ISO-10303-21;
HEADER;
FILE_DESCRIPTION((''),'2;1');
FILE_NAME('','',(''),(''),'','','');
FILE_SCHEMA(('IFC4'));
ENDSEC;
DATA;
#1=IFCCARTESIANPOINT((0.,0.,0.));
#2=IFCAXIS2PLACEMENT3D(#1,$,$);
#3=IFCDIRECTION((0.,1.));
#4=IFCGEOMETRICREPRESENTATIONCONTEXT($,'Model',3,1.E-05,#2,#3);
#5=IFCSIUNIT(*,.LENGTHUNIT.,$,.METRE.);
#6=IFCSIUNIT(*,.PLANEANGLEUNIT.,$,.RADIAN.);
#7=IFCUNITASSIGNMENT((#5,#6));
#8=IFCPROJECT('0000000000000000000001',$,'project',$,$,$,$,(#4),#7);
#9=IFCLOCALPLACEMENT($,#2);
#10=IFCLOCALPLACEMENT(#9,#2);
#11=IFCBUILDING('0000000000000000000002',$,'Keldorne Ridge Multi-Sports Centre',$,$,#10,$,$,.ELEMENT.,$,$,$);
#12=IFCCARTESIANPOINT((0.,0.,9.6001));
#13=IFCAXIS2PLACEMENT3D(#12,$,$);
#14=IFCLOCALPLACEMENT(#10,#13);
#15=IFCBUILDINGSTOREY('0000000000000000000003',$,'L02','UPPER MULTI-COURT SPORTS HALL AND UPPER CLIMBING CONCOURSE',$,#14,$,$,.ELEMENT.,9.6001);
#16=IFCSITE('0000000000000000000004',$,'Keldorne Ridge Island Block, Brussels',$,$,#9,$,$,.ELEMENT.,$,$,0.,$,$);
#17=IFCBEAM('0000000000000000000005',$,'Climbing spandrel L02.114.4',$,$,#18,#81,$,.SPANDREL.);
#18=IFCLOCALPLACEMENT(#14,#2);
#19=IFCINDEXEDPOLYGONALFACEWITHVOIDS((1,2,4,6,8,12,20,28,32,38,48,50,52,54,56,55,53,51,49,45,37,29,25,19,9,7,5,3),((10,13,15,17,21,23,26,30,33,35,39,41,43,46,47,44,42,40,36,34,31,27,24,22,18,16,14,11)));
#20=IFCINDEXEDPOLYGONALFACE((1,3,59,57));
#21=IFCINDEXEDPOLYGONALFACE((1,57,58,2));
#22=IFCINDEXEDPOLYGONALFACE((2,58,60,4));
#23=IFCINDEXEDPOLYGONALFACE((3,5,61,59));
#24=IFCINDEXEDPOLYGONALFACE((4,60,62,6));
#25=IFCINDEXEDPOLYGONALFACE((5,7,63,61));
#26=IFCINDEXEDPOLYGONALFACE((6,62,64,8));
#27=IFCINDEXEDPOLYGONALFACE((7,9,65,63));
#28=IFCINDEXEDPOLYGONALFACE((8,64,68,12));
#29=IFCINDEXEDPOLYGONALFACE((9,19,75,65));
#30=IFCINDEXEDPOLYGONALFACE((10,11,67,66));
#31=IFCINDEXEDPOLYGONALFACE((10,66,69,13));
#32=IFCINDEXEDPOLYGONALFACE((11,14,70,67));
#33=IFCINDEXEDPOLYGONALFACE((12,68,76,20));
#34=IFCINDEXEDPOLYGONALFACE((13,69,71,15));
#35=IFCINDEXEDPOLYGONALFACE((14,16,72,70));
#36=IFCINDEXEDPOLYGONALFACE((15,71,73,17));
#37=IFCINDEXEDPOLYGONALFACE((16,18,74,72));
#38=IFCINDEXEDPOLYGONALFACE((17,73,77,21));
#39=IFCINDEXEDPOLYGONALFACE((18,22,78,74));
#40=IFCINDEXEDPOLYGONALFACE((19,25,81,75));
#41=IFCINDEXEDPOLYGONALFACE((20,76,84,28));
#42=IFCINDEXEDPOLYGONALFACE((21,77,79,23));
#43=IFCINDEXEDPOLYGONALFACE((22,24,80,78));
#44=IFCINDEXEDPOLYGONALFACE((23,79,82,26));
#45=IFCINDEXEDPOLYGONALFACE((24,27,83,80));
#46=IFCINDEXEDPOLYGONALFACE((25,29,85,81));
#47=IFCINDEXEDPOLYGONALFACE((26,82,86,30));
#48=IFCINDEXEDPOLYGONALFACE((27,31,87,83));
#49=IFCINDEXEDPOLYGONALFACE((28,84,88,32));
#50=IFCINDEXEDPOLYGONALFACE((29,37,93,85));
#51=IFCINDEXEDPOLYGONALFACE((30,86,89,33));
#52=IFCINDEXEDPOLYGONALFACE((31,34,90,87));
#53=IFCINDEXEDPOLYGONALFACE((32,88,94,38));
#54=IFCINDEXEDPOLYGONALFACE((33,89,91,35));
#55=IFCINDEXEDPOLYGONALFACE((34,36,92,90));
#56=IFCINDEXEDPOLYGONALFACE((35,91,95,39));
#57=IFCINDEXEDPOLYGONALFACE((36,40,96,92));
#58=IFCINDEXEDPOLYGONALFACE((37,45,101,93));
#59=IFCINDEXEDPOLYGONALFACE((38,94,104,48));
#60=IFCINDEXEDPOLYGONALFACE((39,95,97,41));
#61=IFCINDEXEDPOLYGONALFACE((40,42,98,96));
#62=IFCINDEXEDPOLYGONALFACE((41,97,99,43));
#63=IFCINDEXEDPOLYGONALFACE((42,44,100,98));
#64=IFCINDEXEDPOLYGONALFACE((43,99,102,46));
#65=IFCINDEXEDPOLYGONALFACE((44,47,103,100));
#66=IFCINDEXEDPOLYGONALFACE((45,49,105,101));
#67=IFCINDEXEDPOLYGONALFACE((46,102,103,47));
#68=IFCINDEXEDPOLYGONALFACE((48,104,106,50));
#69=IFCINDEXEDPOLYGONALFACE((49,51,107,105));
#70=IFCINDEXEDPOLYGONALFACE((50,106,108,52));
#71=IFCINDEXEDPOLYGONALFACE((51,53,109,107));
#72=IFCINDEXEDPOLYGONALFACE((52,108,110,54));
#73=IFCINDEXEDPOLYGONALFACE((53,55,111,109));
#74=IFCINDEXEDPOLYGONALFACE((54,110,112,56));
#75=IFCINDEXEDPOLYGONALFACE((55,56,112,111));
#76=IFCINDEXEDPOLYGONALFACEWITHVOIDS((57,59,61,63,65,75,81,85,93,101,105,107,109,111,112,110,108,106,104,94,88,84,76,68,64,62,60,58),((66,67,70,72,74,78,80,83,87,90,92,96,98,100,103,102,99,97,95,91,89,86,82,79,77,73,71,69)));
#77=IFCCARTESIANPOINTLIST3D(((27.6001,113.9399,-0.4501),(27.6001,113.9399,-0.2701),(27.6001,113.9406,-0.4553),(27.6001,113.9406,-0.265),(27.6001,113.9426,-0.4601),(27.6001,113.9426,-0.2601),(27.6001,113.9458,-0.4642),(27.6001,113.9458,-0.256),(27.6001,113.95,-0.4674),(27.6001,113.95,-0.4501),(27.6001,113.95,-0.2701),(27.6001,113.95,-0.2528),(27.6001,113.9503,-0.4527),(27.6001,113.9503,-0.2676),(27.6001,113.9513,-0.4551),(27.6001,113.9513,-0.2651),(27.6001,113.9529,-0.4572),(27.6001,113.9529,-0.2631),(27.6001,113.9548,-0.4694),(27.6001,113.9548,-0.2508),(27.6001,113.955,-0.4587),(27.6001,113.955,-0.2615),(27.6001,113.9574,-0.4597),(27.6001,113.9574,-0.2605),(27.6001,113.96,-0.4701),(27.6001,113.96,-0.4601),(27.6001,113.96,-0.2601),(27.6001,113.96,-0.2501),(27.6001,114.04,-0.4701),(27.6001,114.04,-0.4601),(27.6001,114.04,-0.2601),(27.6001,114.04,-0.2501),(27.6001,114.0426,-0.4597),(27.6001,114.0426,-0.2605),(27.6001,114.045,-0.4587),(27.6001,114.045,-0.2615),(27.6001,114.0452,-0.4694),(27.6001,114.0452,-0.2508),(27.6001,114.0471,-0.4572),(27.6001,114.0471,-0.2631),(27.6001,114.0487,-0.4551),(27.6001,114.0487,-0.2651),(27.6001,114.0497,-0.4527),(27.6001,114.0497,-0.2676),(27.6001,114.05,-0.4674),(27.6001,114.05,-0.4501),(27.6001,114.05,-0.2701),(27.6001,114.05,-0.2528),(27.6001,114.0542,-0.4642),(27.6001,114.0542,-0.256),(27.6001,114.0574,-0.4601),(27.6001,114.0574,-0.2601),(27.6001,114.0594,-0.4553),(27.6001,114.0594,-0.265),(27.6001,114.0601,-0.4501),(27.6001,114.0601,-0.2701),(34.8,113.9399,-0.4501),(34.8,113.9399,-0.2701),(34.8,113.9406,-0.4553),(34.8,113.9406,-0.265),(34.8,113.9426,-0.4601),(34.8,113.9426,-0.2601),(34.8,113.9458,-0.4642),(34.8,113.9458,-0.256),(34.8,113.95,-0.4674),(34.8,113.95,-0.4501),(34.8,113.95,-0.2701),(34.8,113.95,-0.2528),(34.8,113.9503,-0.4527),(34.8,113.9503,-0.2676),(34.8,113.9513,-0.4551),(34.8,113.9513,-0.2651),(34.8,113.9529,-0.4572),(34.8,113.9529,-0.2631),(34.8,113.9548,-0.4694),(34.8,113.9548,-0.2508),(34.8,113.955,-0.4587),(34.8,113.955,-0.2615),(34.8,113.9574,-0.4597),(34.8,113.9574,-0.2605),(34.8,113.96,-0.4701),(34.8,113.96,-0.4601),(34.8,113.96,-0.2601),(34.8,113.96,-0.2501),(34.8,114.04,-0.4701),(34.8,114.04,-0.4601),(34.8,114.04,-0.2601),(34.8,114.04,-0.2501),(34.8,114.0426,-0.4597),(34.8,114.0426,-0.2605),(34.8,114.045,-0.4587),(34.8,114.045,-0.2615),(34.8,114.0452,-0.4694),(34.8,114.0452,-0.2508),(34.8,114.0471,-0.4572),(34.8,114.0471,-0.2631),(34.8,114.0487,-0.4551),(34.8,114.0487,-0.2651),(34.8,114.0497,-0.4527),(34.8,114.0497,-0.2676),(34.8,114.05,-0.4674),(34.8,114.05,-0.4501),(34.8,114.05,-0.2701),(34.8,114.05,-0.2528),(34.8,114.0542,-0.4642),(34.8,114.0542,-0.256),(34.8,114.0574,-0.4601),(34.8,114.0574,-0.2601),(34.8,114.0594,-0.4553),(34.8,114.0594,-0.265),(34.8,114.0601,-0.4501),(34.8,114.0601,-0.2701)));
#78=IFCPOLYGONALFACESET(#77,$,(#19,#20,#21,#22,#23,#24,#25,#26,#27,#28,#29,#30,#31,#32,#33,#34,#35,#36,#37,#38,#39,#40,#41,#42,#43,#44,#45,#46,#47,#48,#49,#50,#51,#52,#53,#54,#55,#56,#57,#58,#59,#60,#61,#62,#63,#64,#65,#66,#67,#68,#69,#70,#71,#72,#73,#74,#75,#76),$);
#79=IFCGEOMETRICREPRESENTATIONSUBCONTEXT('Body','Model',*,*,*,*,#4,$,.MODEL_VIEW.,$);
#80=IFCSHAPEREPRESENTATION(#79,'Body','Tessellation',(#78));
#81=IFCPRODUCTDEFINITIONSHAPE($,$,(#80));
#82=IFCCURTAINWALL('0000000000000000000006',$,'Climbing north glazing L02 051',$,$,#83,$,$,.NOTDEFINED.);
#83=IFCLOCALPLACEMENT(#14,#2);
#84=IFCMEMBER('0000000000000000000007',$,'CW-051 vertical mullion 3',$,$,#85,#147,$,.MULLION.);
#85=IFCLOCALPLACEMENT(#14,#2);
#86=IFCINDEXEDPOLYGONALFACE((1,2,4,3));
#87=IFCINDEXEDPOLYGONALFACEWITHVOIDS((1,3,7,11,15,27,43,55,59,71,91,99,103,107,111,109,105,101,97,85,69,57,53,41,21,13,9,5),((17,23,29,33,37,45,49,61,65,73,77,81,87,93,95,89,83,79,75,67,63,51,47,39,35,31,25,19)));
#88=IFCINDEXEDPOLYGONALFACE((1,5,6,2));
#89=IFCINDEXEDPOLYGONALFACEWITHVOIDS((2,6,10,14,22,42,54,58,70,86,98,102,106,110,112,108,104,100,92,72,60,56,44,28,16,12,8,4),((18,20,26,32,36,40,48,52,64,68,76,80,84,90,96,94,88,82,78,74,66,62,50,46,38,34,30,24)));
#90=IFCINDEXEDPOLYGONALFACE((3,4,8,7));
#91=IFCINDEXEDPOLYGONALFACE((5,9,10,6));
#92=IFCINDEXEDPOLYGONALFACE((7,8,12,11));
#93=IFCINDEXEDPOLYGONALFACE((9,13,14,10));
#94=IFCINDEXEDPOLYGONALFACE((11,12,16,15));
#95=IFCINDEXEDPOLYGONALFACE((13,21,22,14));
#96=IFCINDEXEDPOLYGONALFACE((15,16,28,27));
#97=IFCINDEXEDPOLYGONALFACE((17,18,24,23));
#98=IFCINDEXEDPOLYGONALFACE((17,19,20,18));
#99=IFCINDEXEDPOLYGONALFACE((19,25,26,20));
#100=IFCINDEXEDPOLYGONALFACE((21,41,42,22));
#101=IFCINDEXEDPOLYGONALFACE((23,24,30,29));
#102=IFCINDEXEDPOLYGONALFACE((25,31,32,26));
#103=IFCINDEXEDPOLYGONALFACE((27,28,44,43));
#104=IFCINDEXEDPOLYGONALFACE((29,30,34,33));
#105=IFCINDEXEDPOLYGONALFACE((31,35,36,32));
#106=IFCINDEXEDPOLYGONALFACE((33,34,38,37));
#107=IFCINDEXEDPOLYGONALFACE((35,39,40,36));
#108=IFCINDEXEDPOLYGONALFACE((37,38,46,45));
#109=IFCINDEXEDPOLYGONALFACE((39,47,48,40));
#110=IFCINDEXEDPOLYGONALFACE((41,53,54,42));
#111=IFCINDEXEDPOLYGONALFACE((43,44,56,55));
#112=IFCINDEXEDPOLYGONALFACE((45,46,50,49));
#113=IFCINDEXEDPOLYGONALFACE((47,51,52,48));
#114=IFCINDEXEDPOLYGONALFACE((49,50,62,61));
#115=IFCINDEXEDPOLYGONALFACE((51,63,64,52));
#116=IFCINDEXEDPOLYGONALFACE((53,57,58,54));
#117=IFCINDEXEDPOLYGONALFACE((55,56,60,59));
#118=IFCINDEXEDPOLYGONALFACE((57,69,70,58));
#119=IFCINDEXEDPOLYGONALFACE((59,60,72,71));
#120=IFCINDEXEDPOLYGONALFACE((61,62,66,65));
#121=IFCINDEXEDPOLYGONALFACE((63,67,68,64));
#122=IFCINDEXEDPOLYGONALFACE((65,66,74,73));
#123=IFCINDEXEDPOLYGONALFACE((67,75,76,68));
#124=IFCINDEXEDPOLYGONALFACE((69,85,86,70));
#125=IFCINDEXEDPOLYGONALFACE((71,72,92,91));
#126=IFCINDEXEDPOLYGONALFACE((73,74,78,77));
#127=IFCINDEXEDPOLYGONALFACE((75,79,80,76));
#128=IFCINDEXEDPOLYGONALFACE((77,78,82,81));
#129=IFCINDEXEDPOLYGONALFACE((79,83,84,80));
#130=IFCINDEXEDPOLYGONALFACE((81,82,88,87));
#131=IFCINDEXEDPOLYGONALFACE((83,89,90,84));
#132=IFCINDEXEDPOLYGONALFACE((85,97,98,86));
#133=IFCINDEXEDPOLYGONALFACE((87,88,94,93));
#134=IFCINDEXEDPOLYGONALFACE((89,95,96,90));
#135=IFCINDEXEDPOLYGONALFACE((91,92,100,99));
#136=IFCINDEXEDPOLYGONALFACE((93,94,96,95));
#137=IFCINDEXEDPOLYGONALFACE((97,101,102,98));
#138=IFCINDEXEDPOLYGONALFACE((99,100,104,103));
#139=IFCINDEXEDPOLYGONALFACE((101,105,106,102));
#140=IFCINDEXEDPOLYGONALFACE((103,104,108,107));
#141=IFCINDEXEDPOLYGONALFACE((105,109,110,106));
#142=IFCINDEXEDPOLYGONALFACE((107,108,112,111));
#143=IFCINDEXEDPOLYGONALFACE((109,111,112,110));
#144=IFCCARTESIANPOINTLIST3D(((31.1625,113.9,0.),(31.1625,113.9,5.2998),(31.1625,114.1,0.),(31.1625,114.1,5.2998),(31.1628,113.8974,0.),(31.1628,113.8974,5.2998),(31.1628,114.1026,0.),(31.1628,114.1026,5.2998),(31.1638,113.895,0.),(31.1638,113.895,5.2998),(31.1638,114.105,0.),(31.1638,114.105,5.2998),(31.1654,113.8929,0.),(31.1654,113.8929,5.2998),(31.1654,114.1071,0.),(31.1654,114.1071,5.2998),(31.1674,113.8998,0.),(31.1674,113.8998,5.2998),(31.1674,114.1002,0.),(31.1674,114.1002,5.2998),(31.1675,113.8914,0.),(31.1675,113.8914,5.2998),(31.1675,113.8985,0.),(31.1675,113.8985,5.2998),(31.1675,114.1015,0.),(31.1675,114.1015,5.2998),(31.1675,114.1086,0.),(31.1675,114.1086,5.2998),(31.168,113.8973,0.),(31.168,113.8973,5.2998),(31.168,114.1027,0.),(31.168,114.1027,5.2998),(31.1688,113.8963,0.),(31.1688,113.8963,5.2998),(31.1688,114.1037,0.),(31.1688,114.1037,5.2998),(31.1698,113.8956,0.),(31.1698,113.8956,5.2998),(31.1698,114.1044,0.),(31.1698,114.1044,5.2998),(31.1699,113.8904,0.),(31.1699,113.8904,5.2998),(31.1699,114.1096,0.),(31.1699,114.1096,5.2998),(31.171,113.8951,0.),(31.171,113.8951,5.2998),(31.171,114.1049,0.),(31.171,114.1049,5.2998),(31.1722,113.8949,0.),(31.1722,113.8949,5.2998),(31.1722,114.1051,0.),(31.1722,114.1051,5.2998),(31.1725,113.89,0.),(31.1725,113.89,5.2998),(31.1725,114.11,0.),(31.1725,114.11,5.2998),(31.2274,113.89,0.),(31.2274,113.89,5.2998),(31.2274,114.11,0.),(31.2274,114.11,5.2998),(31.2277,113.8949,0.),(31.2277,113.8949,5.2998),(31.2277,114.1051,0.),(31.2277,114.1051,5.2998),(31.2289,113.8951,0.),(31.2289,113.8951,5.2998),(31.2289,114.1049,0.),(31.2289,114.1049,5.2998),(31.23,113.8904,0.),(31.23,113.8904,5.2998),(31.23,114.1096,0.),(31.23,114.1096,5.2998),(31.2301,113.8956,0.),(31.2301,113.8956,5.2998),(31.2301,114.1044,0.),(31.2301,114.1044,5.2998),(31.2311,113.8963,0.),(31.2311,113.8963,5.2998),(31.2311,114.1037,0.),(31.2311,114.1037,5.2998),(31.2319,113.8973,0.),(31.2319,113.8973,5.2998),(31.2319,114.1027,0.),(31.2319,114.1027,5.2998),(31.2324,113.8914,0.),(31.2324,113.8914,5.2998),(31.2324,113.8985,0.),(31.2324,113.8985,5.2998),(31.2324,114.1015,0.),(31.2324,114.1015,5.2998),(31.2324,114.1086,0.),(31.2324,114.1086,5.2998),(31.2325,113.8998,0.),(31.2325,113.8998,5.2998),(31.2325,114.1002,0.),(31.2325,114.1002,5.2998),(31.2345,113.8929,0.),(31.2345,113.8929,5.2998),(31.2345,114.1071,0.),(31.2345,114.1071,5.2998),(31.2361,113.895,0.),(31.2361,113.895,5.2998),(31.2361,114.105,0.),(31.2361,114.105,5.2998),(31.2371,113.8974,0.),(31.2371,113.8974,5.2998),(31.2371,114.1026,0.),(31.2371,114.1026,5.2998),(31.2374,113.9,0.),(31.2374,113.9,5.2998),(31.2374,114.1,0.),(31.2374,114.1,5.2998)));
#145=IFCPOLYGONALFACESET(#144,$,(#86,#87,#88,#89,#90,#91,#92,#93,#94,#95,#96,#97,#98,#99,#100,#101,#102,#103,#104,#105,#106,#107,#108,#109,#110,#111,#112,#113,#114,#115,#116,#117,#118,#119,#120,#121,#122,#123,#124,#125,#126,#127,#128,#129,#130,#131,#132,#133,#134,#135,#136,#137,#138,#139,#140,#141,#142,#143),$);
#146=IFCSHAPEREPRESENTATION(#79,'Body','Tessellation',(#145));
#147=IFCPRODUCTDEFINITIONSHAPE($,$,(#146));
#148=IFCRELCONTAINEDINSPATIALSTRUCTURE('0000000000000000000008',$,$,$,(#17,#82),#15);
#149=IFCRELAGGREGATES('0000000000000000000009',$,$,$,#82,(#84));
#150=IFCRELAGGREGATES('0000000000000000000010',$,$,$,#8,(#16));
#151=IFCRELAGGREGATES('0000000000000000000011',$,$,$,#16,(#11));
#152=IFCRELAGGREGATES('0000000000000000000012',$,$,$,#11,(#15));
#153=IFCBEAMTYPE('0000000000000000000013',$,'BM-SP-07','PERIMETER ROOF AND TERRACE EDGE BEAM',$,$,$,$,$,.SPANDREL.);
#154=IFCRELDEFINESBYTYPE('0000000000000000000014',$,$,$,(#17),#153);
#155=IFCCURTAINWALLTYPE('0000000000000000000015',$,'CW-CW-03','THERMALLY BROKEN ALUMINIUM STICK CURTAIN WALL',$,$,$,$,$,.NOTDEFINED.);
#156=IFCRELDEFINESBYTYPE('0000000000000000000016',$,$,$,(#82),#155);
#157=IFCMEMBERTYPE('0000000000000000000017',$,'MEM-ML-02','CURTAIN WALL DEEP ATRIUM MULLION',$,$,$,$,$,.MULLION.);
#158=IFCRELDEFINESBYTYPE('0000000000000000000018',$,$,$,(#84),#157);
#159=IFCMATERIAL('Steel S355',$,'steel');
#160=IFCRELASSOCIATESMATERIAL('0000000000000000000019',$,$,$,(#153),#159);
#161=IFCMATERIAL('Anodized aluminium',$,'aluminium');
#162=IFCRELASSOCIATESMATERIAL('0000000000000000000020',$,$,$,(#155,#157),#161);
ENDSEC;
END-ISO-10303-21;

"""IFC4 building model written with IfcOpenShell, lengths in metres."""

from ifc_helpers import new_model, si_unit, direction, frame, origin, origin_2d, place, context, subcontext, project, spatial, hollow_rectangle, extrude, material, material_profile, profile_set, type_object, element, aggregate, save


model = new_model("IFC4")

# Units and contexts
model_context = context("Model", 3, precision=1e-05, world=origin(), true_north=direction((0.0, 1.0)))
body_context = subcontext(model_context, "Body", "Model", "MODEL_VIEW")
ifc_project = project(units=[si_unit("LENGTHUNIT", "METRE"), si_unit("PLANEANGLEUNIT", "RADIAN")], contexts=[model_context])

# Site, building, storey
site_placement = place(None, origin())
site = spatial("IfcSite", under=ifc_project, at=site_placement, Name="Keldorne Ridge Island Block, Brussels", CompositionType="ELEMENT", RefElevation=0.0)
building_placement = place(site_placement, origin())
building = spatial("IfcBuilding", under=site, at=building_placement, Name="Keldorne Ridge Multi-Sports Centre", CompositionType="ELEMENT")
storey_placement = place(building_placement, frame((0.0, 0.0, 9.6001)))
storey = spatial("IfcBuildingStorey", under=building, at=storey_placement, Name="L02", Description="UPPER MULTI-COURT SPORTS HALL AND UPPER CLIMBING CONCOURSE", CompositionType="ELEMENT", Elevation=9.6001)

# Beam
ifc_material_1 = material(Name="Steel S355", Category="steel")
ifc_material_profile_1 = material_profile(ifc_material_1, hollow_rectangle(XDim=0.1201, YDim=0.22, WallThickness=0.01, InnerFilletRadius=0.01, OuterFilletRadius=0.02, at=origin_2d()), Name="RHS 220x120x10")
ifc_profile_set_1 = profile_set([ifc_material_profile_1], Name="Steel S355")
beam_type = type_object("IfcBeamType", Name="BM-SP-07", Description="PERIMETER ROOF AND TERRACE EDGE BEAM", PredefinedType="SPANDREL", material=ifc_profile_set_1)
beam_placement = place(storey_placement, frame((27.6001, 114.0, -0.3601), z_axis=(1.0, 0.0, 0.0), x_axis=(0.0, 1.0, 0.0)))
element("IfcBeam", 1, at=beam_placement, inside=storey, type_object=beam_type, Name="Climbing spandrel L02.114.4", PredefinedType="SPANDREL", context=body_context, shape_type="SweptSolid", body=[
    extrude(hollow_rectangle(XDim=0.1201, YDim=0.22, WallThickness=0.01, InnerFilletRadius=0.01, OuterFilletRadius=0.02, at=origin_2d()), origin(), (0.0, 0.0, 1.0), 7.2),
])

# Curtain wall, member
ifc_material_2 = material(Name="Anodized aluminium", Category="aluminium")
curtain_wall_type = type_object("IfcCurtainWallType", Name="CW-CW-03", Description="THERMALLY BROKEN ALUMINIUM STICK CURTAIN WALL", PredefinedType="NOTDEFINED", material=ifc_material_2)
curtain_wall_placement = place(storey_placement, origin())
curtain_wall = element("IfcCurtainWall", 2, at=curtain_wall_placement, inside=storey, type_object=curtain_wall_type, Name="Climbing north glazing L02 051", PredefinedType="NOTDEFINED")
ifc_material_profile_2 = material_profile(ifc_material_2, hollow_rectangle(XDim=0.075, YDim=0.22, WallThickness=0.0049, InnerFilletRadius=0.0049, OuterFilletRadius=0.01, at=origin_2d()), Name="ALU MULLION 220x75x5")
ifc_profile_set_2 = profile_set([ifc_material_profile_2], Name="Anodized aluminium")
member_type_1 = type_object("IfcMemberType", Name="MEM-ML-02", Description="CURTAIN WALL DEEP ATRIUM MULLION", PredefinedType="MULLION", material=ifc_profile_set_2)
member_1_placement = place(storey_placement, frame((31.2, 114.0, 0.0), z_axis=(0.0, 0.0, 1.0), x_axis=(1.0, 0.0, 0.0)))
member_1 = element("IfcMember", 3, at=member_1_placement, type_object=member_type_1, Name="CW-051 vertical mullion 3", PredefinedType="MULLION", context=body_context, shape_type="SweptSolid", body=[
    extrude(hollow_rectangle(XDim=0.075, YDim=0.22, WallThickness=0.0049, InnerFilletRadius=0.0049, OuterFilletRadius=0.01, at=origin_2d()), origin(), (0.0, 0.0, 1.0), 5.2998),
])

aggregate(curtain_wall, [member_1])

save(model, "model.ifc")
